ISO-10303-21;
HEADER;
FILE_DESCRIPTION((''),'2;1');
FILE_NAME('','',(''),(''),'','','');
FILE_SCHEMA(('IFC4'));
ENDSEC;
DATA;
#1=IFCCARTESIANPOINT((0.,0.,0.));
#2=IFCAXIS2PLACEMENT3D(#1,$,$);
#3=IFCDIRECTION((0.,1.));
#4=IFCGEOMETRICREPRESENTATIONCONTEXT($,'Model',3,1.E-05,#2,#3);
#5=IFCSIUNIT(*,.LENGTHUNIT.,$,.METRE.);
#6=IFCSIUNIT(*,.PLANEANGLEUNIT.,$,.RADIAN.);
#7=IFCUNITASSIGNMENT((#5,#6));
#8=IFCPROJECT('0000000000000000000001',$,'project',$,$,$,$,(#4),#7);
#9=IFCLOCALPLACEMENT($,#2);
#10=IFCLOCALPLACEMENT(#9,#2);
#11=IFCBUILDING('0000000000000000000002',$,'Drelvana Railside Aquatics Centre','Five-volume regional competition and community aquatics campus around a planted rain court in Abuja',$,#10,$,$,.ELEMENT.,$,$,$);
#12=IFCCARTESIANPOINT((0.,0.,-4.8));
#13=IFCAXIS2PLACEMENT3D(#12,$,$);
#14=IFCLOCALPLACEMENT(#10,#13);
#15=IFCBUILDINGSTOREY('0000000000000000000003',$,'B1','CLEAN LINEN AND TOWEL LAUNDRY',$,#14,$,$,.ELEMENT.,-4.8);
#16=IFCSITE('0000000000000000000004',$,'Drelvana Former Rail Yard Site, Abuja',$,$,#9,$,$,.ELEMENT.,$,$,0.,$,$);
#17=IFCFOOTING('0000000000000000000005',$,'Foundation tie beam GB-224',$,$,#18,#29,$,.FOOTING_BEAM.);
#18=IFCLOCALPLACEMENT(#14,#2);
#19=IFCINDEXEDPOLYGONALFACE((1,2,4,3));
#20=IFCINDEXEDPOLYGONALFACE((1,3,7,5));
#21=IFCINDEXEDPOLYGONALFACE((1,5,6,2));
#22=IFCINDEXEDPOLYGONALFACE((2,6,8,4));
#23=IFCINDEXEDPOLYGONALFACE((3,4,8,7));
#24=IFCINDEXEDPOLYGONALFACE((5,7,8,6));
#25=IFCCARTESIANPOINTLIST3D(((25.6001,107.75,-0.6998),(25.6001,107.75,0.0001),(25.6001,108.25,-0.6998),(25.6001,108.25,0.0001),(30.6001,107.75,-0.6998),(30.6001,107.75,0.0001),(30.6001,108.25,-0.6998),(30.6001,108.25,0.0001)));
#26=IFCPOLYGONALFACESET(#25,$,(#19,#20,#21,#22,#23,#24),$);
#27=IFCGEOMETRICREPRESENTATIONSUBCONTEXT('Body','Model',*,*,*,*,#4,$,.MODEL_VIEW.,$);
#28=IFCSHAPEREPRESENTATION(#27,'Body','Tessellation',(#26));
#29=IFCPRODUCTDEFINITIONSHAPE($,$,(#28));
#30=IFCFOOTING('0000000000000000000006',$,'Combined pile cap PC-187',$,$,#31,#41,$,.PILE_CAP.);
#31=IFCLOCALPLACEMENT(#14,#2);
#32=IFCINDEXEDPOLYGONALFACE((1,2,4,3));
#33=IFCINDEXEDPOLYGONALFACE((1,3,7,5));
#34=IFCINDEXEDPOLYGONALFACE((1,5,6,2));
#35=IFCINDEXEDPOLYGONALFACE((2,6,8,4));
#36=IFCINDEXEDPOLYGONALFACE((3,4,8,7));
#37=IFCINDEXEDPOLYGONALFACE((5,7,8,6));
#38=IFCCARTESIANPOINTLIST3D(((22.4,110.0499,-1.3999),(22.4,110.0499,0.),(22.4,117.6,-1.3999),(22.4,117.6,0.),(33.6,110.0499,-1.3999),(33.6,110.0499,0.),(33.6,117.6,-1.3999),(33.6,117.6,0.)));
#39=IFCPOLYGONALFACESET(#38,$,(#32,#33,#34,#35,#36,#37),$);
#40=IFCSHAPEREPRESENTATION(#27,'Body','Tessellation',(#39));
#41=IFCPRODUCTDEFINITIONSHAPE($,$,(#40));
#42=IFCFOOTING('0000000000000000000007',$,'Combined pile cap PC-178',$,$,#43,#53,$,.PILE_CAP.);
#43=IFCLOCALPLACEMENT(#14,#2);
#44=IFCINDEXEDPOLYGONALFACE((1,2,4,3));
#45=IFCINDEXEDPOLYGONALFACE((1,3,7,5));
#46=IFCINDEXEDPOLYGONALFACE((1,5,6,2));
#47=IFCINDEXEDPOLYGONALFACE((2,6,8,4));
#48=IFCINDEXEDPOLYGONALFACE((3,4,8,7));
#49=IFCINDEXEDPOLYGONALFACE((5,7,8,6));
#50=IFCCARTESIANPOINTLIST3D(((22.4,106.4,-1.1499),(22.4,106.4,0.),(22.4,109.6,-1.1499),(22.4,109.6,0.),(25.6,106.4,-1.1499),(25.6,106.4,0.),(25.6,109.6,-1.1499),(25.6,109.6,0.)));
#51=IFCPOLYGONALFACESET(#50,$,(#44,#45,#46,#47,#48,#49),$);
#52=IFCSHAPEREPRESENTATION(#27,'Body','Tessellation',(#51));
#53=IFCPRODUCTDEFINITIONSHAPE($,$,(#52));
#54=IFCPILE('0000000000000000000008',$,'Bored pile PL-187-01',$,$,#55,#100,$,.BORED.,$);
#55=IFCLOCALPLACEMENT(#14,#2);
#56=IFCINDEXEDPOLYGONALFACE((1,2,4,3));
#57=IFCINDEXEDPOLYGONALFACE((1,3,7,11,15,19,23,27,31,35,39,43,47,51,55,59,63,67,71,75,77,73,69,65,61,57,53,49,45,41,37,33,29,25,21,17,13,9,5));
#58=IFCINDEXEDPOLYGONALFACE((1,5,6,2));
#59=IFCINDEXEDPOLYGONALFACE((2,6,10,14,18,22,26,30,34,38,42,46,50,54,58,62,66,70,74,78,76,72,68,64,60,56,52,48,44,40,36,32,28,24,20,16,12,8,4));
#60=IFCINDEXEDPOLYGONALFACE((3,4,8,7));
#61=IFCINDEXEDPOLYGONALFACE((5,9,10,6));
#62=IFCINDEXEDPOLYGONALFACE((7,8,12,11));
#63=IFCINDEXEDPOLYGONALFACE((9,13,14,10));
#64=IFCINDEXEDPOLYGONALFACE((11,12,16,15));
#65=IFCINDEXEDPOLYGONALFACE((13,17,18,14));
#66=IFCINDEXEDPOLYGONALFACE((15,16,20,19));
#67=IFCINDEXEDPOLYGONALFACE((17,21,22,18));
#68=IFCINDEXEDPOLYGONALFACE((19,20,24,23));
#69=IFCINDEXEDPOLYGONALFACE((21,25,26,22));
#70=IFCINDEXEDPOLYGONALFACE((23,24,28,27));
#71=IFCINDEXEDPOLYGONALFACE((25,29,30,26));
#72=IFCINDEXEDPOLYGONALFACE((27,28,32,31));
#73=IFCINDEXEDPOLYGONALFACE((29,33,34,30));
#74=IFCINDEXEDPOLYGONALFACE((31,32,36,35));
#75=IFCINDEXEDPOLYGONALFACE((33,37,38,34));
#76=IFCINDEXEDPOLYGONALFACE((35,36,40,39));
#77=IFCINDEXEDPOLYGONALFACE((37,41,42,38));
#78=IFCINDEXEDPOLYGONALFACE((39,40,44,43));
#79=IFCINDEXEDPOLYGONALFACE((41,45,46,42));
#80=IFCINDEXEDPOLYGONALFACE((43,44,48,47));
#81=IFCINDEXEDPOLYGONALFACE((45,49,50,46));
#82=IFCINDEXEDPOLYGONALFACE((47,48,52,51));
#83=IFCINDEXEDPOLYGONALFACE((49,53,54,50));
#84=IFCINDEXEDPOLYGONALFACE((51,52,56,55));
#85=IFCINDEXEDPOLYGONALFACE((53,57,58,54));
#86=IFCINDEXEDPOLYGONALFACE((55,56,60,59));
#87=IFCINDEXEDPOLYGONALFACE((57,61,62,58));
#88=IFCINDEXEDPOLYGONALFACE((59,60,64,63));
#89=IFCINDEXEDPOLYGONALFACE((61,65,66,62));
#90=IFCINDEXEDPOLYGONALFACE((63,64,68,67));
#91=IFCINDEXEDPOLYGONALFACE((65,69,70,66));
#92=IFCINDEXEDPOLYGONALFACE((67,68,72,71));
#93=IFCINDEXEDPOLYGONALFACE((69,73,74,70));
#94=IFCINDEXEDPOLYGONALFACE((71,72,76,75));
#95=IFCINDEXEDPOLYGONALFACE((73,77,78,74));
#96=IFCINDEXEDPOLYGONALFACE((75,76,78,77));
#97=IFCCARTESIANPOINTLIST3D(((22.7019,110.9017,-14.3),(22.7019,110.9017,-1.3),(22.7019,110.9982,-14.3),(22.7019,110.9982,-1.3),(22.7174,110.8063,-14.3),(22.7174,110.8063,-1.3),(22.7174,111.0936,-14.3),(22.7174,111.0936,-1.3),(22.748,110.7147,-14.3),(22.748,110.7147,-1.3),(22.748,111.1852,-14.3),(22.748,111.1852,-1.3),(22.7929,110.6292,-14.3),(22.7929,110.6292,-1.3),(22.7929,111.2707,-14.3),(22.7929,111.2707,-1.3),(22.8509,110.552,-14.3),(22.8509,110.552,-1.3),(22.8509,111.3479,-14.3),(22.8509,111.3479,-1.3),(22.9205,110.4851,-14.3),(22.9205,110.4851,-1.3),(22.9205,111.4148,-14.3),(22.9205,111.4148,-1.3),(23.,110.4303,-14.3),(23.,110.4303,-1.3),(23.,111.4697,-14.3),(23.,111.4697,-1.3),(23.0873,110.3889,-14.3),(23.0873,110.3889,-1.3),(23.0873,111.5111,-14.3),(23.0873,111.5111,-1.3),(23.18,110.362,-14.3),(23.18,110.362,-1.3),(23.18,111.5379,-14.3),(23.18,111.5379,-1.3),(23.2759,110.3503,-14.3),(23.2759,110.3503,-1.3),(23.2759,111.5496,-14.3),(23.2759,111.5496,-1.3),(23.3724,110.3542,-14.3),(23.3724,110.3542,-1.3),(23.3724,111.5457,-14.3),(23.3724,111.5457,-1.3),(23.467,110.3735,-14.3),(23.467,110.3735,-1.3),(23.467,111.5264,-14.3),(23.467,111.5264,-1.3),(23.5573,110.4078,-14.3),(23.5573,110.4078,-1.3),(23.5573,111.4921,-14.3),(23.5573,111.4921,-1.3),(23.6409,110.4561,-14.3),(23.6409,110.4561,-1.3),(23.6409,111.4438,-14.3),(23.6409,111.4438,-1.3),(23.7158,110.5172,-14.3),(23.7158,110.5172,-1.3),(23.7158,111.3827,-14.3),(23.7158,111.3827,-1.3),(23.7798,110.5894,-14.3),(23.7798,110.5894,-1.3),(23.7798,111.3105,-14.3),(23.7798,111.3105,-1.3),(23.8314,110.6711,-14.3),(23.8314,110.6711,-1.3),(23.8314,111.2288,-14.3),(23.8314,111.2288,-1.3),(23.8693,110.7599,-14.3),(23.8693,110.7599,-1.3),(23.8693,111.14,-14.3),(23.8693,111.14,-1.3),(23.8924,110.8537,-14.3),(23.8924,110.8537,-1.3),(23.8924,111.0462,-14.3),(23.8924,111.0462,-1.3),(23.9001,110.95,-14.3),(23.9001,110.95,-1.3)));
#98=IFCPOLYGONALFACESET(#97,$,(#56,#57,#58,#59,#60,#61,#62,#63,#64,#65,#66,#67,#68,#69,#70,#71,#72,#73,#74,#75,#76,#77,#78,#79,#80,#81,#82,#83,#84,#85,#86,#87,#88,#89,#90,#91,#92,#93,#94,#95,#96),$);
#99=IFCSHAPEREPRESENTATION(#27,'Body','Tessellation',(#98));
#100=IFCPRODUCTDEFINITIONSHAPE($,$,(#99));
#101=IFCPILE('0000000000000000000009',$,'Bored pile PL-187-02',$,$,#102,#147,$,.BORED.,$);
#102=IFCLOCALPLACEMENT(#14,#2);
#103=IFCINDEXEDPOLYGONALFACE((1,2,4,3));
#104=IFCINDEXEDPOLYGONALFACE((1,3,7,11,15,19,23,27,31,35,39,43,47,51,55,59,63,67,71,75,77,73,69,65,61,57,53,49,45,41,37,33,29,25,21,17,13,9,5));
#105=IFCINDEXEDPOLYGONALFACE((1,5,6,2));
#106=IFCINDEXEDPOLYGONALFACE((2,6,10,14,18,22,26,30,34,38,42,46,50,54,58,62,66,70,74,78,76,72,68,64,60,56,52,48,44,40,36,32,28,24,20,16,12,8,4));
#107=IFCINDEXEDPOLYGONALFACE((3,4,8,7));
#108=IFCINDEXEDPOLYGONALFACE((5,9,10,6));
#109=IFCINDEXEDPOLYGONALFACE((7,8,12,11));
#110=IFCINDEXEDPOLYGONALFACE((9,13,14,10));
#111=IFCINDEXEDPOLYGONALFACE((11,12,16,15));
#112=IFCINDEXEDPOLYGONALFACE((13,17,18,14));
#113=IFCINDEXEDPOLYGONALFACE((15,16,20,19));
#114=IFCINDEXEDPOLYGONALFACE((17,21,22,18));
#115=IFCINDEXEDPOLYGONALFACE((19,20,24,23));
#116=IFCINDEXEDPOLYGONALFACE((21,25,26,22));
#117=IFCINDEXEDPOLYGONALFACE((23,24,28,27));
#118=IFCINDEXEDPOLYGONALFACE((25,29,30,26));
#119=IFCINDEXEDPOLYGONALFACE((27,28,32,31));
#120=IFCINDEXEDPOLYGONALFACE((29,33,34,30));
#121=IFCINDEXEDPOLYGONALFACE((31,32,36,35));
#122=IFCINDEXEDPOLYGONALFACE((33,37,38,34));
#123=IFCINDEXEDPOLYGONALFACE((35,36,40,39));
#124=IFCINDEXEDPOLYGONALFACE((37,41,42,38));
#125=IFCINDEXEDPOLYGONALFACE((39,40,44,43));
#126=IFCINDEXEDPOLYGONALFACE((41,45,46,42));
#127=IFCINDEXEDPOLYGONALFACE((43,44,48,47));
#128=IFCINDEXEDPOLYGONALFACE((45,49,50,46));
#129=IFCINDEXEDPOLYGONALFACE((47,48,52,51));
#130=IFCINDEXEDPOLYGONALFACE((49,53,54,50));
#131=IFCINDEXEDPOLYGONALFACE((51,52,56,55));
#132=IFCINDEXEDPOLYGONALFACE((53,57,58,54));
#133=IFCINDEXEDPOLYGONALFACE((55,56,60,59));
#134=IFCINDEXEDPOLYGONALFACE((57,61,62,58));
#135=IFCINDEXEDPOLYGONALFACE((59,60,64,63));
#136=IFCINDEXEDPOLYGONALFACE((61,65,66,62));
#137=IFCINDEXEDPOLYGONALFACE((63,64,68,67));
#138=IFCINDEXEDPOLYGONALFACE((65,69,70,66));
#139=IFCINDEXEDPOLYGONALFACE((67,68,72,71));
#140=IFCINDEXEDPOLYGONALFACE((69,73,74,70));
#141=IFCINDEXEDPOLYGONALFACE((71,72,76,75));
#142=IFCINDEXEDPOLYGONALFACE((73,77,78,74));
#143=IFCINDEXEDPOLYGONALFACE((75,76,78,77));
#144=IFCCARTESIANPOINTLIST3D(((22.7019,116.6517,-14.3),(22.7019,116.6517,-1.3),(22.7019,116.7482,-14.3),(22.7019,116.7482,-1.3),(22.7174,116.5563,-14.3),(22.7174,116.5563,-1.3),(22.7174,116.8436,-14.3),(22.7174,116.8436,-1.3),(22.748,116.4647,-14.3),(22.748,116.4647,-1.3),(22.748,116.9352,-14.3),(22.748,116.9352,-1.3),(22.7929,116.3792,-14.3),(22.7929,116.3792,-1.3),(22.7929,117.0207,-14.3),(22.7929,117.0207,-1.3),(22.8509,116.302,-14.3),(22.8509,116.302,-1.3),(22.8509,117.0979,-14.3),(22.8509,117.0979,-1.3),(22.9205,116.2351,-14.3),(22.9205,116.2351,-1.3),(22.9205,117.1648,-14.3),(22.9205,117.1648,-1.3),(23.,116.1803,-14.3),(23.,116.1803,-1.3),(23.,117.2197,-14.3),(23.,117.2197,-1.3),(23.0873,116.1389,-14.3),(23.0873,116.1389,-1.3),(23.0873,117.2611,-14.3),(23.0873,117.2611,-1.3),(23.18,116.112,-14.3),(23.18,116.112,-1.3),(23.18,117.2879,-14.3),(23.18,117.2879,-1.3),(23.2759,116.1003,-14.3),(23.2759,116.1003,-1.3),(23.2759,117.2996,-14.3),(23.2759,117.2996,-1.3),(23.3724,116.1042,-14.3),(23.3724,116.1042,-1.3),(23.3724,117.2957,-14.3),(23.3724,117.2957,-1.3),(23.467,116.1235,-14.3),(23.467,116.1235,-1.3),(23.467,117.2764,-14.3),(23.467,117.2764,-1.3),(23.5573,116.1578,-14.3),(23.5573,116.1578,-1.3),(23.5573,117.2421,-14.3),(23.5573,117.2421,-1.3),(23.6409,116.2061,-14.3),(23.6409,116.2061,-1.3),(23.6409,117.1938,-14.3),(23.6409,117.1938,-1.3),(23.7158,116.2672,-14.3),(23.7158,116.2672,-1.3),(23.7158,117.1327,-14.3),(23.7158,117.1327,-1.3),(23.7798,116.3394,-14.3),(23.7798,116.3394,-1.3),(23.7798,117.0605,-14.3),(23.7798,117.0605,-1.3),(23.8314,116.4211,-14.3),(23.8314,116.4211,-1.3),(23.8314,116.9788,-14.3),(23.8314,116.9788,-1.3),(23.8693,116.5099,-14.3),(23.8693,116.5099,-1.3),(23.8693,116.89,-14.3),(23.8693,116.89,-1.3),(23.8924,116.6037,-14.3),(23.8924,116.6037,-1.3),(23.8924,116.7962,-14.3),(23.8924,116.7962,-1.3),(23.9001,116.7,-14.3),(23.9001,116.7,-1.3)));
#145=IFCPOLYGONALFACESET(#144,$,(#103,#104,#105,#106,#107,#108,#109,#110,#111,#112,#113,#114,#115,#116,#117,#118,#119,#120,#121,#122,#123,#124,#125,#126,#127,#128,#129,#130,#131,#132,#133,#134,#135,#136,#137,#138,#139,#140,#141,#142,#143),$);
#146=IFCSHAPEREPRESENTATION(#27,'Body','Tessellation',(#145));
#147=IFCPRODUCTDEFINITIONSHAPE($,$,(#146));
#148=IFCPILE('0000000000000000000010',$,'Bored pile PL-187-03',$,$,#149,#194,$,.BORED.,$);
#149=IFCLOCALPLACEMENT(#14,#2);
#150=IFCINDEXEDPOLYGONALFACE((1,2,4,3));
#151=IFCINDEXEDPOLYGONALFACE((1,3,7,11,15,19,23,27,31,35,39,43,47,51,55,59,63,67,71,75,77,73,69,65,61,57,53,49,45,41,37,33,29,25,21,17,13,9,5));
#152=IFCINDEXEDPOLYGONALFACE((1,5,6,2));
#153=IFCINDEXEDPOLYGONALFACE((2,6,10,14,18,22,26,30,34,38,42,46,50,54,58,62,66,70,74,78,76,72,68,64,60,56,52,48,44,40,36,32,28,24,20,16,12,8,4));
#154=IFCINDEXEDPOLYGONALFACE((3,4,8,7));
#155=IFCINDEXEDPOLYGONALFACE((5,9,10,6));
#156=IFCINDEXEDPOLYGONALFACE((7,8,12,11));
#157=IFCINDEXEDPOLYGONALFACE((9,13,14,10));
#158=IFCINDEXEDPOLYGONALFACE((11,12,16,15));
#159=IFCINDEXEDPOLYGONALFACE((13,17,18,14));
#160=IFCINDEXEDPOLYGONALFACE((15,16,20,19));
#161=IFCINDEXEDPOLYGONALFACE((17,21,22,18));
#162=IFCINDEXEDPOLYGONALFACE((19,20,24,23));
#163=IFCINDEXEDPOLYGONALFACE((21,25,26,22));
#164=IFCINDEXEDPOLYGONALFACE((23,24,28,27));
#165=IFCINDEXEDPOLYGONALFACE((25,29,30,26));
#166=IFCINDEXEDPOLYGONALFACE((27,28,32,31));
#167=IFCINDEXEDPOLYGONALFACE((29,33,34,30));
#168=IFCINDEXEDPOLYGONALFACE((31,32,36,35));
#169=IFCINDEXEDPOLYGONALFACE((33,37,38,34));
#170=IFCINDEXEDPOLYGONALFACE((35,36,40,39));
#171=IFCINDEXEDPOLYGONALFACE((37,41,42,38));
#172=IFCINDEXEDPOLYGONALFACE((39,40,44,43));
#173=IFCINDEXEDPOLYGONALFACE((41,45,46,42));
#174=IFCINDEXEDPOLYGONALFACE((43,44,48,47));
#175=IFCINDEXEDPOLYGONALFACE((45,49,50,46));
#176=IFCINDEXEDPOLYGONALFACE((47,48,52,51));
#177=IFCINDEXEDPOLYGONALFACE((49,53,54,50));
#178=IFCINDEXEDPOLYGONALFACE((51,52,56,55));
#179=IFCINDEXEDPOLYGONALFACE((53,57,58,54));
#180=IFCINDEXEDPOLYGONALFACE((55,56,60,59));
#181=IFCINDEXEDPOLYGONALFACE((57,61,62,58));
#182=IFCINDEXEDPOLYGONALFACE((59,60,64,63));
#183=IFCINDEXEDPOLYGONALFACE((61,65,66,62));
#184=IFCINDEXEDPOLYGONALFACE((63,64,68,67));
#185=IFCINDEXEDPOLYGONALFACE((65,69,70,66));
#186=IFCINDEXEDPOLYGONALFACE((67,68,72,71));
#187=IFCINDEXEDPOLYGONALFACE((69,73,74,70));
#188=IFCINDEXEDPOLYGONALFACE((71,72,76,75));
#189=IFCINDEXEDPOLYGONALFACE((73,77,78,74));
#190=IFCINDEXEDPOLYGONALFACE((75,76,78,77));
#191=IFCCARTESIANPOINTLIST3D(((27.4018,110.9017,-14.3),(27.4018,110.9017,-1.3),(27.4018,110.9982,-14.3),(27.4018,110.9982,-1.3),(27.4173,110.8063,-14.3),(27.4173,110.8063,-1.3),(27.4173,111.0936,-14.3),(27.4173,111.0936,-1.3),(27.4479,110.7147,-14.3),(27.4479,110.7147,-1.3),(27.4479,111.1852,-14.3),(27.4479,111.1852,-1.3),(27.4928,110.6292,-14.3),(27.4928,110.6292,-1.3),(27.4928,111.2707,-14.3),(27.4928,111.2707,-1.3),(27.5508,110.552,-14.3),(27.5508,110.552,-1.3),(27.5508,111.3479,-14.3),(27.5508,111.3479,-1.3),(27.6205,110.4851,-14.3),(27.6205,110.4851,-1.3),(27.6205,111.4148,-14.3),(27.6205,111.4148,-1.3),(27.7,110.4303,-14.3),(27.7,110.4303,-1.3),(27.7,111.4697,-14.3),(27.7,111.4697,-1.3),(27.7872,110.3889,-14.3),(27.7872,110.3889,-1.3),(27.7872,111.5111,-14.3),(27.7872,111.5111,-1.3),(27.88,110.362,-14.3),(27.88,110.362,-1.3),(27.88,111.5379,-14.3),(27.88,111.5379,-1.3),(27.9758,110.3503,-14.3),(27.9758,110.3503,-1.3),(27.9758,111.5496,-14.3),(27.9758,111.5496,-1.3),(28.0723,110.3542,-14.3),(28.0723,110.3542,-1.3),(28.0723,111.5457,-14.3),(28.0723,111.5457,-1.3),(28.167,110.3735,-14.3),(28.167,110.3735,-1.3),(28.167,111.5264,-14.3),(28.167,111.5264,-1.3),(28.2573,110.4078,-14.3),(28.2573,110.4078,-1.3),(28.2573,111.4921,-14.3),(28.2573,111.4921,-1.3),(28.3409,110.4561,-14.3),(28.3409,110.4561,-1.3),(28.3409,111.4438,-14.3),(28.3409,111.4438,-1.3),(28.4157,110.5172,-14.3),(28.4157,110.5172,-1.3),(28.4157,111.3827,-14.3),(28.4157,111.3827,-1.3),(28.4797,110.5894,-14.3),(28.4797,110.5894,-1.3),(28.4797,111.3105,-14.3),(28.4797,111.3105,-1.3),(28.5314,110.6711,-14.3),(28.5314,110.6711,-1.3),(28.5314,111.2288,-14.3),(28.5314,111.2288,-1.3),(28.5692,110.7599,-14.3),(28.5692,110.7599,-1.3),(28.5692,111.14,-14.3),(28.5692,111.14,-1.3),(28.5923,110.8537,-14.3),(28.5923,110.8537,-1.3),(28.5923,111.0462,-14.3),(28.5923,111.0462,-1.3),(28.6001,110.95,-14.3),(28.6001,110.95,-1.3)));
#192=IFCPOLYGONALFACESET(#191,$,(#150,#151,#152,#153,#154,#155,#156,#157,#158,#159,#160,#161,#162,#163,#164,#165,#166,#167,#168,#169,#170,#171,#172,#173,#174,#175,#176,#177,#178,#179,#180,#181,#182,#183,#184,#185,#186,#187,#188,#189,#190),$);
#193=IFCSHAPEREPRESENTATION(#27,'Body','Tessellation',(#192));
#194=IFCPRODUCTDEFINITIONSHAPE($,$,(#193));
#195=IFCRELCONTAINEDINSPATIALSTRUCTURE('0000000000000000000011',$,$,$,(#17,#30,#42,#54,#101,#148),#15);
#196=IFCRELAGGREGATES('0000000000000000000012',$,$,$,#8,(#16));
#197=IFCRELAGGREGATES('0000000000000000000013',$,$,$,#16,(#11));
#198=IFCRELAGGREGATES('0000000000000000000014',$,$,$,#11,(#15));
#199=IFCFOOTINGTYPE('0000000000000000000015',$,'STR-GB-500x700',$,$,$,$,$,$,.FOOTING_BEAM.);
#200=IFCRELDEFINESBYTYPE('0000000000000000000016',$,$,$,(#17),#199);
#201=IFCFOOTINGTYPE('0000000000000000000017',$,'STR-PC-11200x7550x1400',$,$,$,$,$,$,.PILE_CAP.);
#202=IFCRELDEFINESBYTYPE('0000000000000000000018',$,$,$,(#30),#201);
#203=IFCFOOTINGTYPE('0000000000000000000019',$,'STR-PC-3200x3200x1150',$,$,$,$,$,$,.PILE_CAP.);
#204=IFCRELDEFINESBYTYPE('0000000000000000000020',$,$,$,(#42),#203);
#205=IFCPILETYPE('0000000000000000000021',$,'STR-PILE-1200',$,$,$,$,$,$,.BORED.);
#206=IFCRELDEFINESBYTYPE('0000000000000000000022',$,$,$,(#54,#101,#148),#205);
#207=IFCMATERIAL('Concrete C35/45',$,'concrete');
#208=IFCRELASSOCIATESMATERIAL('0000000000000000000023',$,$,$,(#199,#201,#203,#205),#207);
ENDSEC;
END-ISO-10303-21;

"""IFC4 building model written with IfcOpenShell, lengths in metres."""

from ifc_helpers import new_model, si_unit, direction, frame, origin, origin_2d, place, context, subcontext, project, spatial, rectangle, circle, extrude, material, material_profile, profile_set, type_object, element, save


model = new_model("IFC4")

# Units and contexts
model_context = context("Model", 3, precision=1e-05, world=origin(), true_north=direction((0.0, 1.0)))
body_context = subcontext(model_context, "Body", "Model", "MODEL_VIEW")
ifc_project = project(units=[si_unit("LENGTHUNIT", "METRE"), si_unit("PLANEANGLEUNIT", "RADIAN")], contexts=[model_context])

# Site, building, storey
site_placement = place(None, origin())
site = spatial("IfcSite", under=ifc_project, at=site_placement, Name="Drelvana Former Rail Yard Site, Abuja", CompositionType="ELEMENT", RefElevation=0.0)
building_placement = place(site_placement, origin())
building = spatial("IfcBuilding", under=site, at=building_placement, Name="Drelvana Railside Aquatics Centre", Description="Five-volume regional competition and community aquatics campus around a planted rain court in Abuja", CompositionType="ELEMENT")
storey_placement = place(building_placement, frame((0.0, 0.0, -4.8)))
storey = spatial("IfcBuildingStorey", under=building, at=storey_placement, Name="B1", Description="CLEAN LINEN AND TOWEL LAUNDRY", CompositionType="ELEMENT", Elevation=-4.8)

# Footings
ifc_material_1 = material(Name="Concrete C35/45", Category="concrete")
ifc_material_profile_1 = material_profile(ifc_material_1, rectangle(XDim=0.5, YDim=0.7, at=origin_2d()), Name="GB 500x700")
ifc_profile_set_1 = profile_set([ifc_material_profile_1], Name="Concrete C35/45")
footing_type_1 = type_object("IfcFootingType", Name="STR-GB-500x700", PredefinedType="FOOTING_BEAM", material=ifc_profile_set_1)
footing_1_placement = place(storey_placement, frame((25.6001, 108.0, -0.3499), z_axis=(1.0, 0.0, 0.0), x_axis=(0.0, 1.0, 0.0)))
element("IfcFooting", 1, at=footing_1_placement, inside=storey, type_object=footing_type_1, Name="Foundation tie beam GB-224", PredefinedType="FOOTING_BEAM", context=body_context, shape_type="SweptSolid", body=[
    extrude(rectangle(XDim=0.5, YDim=0.7, at=origin_2d()), origin(), (0.0, 0.0, 1.0), 5.0),
])
footing_type_2 = type_object("IfcFootingType", Name="STR-PC-11200x7550x1400", PredefinedType="PILE_CAP", material=ifc_material_1)
footing_2_placement = place(storey_placement, frame((28.0, 113.825, -1.3999), z_axis=(0.0, 0.0, 1.0), x_axis=(1.0, 0.0, 0.0)))
element("IfcFooting", 2, at=footing_2_placement, inside=storey, type_object=footing_type_2, Name="Combined pile cap PC-187", PredefinedType="PILE_CAP", context=body_context, shape_type="SweptSolid", body=[
    extrude(rectangle(XDim=11.2, YDim=7.55, at=origin_2d()), origin(), (0.0, 0.0, 1.0), 1.3999),
])
footing_type_3 = type_object("IfcFootingType", Name="STR-PC-3200x3200x1150", PredefinedType="PILE_CAP", material=ifc_material_1)
footing_3_placement = place(storey_placement, frame((24.0, 108.0, -1.1499), z_axis=(0.0, 0.0, 1.0), x_axis=(1.0, 0.0, 0.0)))
element("IfcFooting", 3, at=footing_3_placement, inside=storey, type_object=footing_type_3, Name="Combined pile cap PC-178", PredefinedType="PILE_CAP", context=body_context, shape_type="SweptSolid", body=[
    extrude(rectangle(XDim=3.2, YDim=3.2, at=origin_2d()), origin(), (0.0, 0.0, 1.0), 1.1499),
])

# Piles
ifc_material_profile_2 = material_profile(ifc_material_1, circle(Radius=0.6001, at=origin_2d()), Name="PILE D1200")
ifc_profile_set_2 = profile_set([ifc_material_profile_2], Name="Concrete C35/45")
pile_type_1 = type_object("IfcPileType", Name="STR-PILE-1200", PredefinedType="BORED", material=ifc_profile_set_2)
for number, where, z_axis, x_axis, name in (
    (4, (23.3, 110.95, -1.3), (0.0, 0.0, -1.0), (1.0, 0.0, 0.0), "Bored pile PL-187-01"),
    (5, (23.3, 116.7, -1.3), (0.0, 0.0, -1.0), (1.0, 0.0, 0.0), "Bored pile PL-187-02"),
    (6, (28.0, 110.95, -1.3), (0.0, 0.0, -1.0), (1.0, 0.0, 0.0), "Bored pile PL-187-03"),
):
    element("IfcPile", number, at=place(storey_placement, frame(where, z_axis=z_axis, x_axis=x_axis)), inside=storey, type_object=pile_type_1, Name=name, PredefinedType="BORED", context=body_context, shape_type="SweptSolid", body=[
        extrude(circle(Radius=0.6001, at=origin_2d()), origin(), (0.0, 0.0, 1.0), 13.0),
    ])

save(model, "model.ifc")
